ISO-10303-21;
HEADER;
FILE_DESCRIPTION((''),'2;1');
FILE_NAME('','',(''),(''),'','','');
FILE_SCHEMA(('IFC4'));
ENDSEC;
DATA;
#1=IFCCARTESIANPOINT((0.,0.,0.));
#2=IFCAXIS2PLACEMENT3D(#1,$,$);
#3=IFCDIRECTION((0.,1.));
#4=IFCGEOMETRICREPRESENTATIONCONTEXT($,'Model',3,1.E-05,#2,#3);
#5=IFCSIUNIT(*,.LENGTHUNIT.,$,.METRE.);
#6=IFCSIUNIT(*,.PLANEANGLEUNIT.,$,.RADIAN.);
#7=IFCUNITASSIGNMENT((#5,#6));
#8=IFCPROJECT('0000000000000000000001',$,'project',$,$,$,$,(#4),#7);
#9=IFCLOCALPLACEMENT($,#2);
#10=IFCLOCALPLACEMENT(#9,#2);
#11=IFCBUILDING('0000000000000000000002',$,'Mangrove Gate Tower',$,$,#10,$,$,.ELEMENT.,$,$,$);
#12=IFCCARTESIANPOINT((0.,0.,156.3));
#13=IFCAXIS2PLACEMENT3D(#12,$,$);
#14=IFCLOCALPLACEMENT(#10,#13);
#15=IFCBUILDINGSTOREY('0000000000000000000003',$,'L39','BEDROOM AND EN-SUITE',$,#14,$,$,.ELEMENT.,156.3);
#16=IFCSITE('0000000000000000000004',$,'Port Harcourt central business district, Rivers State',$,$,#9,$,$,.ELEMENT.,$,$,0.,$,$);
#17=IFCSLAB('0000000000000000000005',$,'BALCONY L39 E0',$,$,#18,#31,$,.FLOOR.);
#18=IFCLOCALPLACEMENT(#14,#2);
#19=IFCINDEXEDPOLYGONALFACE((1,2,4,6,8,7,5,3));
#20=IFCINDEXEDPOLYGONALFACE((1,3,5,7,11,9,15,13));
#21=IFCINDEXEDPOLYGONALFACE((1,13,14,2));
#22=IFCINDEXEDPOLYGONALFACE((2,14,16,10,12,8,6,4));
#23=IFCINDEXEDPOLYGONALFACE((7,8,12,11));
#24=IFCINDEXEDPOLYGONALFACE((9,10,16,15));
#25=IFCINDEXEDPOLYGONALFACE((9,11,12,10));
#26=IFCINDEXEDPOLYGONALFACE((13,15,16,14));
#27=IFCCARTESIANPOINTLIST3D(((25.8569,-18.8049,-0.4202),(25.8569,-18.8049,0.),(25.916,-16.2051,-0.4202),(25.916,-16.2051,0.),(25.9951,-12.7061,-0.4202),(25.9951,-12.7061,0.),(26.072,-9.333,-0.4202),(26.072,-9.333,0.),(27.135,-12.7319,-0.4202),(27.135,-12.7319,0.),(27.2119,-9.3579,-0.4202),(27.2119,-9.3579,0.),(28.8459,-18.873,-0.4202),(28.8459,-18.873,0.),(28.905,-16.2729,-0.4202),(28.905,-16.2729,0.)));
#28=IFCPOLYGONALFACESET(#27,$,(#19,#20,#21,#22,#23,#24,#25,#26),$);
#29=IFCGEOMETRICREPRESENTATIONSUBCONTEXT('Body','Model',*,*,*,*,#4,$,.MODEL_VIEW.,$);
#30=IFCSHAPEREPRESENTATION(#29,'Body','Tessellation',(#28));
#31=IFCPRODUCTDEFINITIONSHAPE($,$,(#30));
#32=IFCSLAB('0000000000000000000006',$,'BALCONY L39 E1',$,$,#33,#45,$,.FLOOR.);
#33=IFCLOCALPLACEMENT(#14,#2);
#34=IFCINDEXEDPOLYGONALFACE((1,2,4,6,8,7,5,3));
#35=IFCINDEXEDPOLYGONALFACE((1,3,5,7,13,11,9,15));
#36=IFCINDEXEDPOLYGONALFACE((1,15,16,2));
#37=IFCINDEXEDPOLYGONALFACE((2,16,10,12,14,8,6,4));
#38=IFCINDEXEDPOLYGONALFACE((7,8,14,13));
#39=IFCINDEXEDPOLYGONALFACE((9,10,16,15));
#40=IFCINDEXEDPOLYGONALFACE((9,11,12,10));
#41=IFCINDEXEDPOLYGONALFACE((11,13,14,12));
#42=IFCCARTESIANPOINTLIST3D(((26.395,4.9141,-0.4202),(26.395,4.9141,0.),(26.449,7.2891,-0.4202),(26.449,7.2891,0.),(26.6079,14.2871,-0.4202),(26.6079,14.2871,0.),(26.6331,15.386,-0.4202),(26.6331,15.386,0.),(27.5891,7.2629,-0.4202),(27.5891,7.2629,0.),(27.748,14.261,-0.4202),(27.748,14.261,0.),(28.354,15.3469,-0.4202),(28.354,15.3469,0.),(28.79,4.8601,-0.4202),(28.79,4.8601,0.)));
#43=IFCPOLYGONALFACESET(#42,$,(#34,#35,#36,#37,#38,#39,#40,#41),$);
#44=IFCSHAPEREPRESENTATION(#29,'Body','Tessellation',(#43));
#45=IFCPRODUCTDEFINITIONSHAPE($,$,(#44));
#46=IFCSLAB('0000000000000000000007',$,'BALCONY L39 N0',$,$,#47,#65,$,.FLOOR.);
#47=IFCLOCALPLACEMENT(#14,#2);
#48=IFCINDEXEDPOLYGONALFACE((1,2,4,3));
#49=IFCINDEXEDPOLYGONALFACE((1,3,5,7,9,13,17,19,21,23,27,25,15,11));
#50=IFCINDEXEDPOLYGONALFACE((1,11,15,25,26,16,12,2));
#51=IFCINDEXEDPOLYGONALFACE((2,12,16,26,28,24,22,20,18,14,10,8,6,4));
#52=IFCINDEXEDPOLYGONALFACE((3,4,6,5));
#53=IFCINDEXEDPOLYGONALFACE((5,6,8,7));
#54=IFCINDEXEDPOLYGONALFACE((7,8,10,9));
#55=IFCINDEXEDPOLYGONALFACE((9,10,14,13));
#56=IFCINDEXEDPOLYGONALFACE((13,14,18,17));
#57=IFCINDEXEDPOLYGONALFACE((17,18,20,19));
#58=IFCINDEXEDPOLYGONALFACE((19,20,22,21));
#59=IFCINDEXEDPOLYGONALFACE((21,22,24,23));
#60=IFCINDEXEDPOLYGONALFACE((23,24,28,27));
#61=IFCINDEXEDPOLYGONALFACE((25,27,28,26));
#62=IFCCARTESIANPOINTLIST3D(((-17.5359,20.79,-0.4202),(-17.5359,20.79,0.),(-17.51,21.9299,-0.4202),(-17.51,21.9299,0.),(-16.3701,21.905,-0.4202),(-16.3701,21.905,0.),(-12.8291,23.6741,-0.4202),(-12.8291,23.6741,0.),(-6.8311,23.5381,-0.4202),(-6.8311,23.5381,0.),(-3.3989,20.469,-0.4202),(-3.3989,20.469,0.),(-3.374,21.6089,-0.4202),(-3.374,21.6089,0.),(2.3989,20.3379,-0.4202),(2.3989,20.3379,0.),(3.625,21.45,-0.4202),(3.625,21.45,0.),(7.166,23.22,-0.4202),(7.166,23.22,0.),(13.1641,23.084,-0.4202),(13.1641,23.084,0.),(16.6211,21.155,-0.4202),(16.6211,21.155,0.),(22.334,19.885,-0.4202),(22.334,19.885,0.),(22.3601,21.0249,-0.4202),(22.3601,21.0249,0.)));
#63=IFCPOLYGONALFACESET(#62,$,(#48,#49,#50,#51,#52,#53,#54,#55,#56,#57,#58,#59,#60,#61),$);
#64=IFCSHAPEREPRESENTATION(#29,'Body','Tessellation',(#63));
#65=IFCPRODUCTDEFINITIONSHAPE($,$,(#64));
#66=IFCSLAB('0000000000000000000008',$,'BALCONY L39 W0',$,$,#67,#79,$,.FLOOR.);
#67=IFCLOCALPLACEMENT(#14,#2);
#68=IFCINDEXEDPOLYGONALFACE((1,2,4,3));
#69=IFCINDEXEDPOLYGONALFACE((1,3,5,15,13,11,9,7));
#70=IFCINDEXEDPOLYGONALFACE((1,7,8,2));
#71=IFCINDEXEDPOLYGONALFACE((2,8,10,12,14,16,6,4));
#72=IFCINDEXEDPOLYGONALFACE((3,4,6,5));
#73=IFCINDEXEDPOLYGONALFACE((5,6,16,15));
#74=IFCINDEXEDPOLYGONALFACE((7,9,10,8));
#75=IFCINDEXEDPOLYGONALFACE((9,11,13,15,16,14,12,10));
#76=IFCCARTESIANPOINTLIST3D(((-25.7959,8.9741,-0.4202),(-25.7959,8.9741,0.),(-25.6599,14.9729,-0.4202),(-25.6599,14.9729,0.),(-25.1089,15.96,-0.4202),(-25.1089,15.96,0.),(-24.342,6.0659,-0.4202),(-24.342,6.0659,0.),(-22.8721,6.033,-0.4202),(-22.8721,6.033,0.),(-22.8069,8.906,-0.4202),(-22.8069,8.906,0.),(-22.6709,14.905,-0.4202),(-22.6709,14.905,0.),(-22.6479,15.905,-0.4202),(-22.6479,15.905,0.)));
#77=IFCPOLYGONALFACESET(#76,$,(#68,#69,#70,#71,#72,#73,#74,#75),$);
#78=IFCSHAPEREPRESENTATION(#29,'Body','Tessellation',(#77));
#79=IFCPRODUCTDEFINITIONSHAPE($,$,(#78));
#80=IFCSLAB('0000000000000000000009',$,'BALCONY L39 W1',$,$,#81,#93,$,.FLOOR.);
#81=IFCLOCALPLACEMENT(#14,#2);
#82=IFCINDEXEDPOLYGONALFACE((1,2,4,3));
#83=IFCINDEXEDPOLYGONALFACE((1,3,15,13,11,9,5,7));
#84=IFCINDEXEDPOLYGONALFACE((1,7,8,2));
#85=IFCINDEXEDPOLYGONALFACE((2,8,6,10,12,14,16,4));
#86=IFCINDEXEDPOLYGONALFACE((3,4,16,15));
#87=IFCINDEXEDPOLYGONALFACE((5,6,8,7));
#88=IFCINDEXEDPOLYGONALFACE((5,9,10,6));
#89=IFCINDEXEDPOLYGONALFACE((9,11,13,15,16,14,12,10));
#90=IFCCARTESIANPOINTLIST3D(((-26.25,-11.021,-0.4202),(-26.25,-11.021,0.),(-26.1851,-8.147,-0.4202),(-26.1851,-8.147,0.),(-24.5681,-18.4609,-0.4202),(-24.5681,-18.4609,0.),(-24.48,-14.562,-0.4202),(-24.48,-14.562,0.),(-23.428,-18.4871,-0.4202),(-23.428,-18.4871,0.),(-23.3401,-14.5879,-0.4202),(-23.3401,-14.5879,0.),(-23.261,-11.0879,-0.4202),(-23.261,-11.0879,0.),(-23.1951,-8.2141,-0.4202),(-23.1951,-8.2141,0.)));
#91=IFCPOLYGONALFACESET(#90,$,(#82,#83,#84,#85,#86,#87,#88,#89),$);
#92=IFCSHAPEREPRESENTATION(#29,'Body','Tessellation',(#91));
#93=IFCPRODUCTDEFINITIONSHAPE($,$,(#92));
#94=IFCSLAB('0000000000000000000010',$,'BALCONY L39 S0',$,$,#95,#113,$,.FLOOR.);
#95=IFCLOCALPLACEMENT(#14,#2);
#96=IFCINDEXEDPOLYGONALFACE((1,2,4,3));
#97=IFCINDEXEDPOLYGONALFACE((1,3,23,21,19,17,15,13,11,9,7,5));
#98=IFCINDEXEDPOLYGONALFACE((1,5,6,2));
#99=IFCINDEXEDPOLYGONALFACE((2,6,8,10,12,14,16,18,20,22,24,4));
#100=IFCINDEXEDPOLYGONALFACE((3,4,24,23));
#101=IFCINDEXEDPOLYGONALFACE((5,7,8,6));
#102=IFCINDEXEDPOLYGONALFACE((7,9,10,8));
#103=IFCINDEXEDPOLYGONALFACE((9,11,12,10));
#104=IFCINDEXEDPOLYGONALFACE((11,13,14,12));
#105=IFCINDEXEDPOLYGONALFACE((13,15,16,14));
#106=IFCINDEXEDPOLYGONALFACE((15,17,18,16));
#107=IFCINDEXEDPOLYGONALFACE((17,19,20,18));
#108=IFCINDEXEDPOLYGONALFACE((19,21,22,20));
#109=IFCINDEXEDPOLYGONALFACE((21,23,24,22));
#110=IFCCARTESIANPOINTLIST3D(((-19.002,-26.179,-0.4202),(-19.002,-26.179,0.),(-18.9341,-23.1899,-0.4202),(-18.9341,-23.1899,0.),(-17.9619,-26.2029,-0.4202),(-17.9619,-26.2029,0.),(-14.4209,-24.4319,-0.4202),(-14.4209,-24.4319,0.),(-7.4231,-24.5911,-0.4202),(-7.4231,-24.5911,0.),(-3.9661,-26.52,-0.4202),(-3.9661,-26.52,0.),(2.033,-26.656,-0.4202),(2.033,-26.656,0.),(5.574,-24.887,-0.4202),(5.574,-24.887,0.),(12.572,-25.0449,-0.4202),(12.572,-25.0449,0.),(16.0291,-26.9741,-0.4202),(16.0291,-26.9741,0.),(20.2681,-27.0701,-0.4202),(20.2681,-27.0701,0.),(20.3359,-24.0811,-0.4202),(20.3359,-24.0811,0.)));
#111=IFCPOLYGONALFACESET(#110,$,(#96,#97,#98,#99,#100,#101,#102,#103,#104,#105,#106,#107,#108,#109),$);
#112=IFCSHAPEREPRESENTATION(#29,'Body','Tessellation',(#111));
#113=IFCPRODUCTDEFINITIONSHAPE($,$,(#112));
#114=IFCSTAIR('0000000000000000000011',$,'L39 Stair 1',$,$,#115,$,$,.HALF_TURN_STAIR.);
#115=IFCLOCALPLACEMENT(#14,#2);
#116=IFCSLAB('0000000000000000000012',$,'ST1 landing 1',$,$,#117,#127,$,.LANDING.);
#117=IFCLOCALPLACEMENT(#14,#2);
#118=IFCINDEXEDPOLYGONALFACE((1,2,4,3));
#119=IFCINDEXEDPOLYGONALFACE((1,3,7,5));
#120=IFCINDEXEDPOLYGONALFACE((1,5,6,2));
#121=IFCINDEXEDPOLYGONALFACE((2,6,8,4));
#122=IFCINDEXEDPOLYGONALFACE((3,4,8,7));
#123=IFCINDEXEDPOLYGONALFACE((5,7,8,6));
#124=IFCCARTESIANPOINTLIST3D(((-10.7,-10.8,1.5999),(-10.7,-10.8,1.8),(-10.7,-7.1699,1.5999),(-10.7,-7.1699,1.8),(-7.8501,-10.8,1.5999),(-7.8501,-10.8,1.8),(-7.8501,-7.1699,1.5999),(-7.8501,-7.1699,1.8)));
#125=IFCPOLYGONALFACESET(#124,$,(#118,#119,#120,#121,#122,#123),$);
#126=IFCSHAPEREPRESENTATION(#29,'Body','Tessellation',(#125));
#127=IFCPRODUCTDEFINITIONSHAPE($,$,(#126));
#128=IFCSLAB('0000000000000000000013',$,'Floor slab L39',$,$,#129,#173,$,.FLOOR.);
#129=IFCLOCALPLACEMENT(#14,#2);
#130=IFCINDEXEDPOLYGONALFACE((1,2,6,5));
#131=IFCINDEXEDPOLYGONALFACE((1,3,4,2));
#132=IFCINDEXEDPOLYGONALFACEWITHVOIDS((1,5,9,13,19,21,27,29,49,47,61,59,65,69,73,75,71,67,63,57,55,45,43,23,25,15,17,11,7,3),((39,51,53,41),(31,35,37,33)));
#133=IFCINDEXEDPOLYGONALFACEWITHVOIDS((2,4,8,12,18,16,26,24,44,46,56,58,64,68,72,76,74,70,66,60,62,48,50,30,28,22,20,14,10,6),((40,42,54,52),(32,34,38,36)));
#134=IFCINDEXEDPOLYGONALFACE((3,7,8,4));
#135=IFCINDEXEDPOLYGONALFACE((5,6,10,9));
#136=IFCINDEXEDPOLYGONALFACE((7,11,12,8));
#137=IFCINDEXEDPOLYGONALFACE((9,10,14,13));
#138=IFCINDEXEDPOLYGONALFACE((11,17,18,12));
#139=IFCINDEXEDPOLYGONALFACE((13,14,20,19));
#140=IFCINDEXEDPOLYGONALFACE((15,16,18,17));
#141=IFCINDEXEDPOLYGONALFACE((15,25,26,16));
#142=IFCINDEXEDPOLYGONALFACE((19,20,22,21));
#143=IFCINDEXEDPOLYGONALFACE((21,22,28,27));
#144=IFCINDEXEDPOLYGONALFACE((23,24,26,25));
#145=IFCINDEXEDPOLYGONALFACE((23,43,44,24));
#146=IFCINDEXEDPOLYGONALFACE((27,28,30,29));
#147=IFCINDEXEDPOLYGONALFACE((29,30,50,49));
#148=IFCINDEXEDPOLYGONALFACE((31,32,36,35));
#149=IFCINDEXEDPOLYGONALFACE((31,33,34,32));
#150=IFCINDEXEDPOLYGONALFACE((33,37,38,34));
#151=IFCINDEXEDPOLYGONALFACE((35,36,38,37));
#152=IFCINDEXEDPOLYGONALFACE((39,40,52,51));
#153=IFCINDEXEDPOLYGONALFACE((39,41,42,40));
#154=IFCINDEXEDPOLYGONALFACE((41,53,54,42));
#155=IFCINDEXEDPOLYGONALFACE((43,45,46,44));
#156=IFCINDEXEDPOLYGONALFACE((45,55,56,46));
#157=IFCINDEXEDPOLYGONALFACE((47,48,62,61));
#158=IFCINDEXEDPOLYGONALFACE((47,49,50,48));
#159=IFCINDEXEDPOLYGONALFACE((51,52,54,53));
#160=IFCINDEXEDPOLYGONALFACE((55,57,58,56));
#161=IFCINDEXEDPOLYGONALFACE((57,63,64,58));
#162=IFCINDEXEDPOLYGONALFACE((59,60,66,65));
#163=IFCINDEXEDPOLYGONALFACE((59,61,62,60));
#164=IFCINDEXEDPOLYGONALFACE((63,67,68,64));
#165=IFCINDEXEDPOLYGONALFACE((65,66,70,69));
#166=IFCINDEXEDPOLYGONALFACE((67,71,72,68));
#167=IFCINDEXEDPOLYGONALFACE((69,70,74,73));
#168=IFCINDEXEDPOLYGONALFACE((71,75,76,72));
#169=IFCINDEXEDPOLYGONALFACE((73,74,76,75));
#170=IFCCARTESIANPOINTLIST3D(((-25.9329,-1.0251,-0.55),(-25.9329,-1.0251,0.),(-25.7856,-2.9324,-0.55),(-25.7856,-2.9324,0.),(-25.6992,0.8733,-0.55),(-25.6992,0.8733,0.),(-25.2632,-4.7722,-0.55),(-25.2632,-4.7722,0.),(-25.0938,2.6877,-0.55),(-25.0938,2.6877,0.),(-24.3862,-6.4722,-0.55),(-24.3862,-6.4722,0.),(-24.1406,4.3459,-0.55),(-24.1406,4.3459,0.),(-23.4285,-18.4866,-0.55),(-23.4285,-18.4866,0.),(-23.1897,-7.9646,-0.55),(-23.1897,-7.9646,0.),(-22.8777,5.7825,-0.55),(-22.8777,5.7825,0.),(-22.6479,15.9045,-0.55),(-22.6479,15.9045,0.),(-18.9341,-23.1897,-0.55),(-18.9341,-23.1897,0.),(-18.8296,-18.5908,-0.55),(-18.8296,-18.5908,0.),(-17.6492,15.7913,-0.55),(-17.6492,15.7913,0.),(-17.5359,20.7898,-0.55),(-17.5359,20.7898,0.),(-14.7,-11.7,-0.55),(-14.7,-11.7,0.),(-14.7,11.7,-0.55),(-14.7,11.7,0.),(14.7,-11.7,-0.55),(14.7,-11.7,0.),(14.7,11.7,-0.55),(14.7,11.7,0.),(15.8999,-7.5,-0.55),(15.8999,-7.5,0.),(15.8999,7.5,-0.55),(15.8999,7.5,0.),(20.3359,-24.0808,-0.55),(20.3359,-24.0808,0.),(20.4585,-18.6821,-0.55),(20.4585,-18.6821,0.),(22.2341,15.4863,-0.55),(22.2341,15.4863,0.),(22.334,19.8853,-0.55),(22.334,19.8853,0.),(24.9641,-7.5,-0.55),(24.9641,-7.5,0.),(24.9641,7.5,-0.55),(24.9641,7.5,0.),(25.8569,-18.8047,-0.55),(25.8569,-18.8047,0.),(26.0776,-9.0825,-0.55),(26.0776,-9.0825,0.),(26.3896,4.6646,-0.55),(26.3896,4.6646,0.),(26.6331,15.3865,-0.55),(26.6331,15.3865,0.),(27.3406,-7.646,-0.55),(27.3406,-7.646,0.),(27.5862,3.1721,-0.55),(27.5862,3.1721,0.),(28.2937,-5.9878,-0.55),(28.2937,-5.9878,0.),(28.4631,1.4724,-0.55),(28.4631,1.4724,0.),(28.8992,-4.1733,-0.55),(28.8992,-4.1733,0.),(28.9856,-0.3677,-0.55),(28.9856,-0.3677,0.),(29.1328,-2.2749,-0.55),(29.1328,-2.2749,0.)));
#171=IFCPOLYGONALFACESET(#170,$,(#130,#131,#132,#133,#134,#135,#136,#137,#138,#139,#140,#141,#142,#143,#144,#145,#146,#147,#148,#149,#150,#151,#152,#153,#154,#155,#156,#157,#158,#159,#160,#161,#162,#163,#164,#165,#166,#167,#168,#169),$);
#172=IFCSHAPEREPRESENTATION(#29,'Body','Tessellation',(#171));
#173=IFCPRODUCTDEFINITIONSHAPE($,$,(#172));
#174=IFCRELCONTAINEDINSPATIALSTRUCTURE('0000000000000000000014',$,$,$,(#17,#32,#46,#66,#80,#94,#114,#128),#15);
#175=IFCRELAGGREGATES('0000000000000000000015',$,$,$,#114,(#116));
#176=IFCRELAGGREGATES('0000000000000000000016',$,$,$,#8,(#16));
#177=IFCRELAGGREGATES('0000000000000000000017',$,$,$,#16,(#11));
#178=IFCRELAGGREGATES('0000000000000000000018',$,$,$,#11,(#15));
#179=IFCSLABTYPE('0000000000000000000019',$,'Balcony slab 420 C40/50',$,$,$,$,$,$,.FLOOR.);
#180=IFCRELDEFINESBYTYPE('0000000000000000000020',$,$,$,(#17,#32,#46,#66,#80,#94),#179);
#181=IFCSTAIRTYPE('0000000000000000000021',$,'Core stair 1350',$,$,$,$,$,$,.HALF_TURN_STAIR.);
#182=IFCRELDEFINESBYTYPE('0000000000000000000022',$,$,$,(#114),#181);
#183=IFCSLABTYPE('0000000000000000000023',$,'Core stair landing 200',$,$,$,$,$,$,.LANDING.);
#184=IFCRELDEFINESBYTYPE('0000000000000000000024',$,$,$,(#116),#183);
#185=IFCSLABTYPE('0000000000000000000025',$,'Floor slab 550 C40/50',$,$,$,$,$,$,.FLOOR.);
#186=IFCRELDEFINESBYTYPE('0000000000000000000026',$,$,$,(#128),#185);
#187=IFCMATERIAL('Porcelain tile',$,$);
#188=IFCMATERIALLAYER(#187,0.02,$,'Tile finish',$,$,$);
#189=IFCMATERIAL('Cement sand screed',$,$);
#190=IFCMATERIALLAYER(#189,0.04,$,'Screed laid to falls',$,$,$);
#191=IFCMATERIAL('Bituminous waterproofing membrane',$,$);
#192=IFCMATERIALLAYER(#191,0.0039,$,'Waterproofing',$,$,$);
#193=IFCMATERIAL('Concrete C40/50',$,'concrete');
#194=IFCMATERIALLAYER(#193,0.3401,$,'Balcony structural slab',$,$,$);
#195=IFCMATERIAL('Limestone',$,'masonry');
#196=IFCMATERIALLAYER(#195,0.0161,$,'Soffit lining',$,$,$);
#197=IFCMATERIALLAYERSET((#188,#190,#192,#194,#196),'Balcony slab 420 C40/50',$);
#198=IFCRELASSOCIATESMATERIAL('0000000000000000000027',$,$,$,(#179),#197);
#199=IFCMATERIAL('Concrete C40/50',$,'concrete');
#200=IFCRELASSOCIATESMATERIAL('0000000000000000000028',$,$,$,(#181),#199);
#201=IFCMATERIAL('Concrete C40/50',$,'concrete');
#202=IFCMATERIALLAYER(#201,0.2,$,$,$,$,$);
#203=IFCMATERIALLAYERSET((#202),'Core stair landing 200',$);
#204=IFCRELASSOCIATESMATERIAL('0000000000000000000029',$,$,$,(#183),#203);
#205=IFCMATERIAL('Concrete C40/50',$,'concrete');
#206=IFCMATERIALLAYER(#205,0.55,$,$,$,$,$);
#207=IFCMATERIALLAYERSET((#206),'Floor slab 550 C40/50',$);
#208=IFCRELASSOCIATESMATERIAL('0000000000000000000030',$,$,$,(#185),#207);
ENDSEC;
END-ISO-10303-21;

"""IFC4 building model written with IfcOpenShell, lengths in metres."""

from ifc_helpers import new_model, si_unit, direction, frame, origin, place, context, subcontext, project, spatial, polyline, outline, extrude, material, layer, layer_set, type_object, element, aggregate, save


model = new_model("IFC4")

# Units and contexts
model_context = context("Model", 3, precision=1e-05, world=origin(), true_north=direction((0.0, 1.0)))
body_context = subcontext(model_context, "Body", "Model", "MODEL_VIEW")
ifc_project = project(units=[si_unit("LENGTHUNIT", "METRE"), si_unit("PLANEANGLEUNIT", "RADIAN")], contexts=[model_context])

# Site, building, storey
site_placement = place(None, origin())
site = spatial("IfcSite", under=ifc_project, at=site_placement, Name="Port Harcourt central business district, Rivers State", CompositionType="ELEMENT", RefElevation=0.0)
building_placement = place(site_placement, origin())
building = spatial("IfcBuilding", under=site, at=building_placement, Name="Mangrove Gate Tower", CompositionType="ELEMENT")
storey_placement = place(building_placement, frame((0.0, 0.0, 156.3)))
storey = spatial("IfcBuildingStorey", under=building, at=storey_placement, Name="L39", Description="BEDROOM AND EN-SUITE", CompositionType="ELEMENT", Elevation=156.3)

# Slabs
ifc_material_1 = material(Name="Porcelain tile")
ifc_layer_1 = layer(ifc_material_1, 0.02, Name="Tile finish")
ifc_material_2 = material(Name="Cement sand screed")
ifc_layer_2 = layer(ifc_material_2, 0.04, Name="Screed laid to falls")
ifc_material_3 = material(Name="Bituminous waterproofing membrane")
ifc_layer_3 = layer(ifc_material_3, 0.0039, Name="Waterproofing")
ifc_material_4 = material(Name="Concrete C40/50", Category="concrete")
ifc_layer_4 = layer(ifc_material_4, 0.3401, Name="Balcony structural slab")
ifc_material_5 = material(Name="Limestone", Category="masonry")
ifc_layer_5 = layer(ifc_material_5, 0.0161, Name="Soffit lining")
ifc_layer_set_1 = layer_set([ifc_layer_1, ifc_layer_2, ifc_layer_3, ifc_layer_4, ifc_layer_5], Name="Balcony slab 420 C40/50")
slab_type_1 = type_object("IfcSlabType", Name="Balcony slab 420 C40/50", PredefinedType="FLOOR", material=ifc_layer_set_1)
slab_1_placement = place(storey_placement, frame((0.0, 0.0, -0.4202)))
element("IfcSlab", 1, at=slab_1_placement, inside=storey, type_object=slab_type_1, Name="BALCONY L39 E0", PredefinedType="FLOOR", context=body_context, shape_type="SweptSolid", body=[
    extrude(outline(polyline([(28.8459, -18.873), (28.905, -16.2729), (27.135, -12.7319), (27.2119, -9.3579), (26.072, -9.333), (25.9951, -12.7061), (25.916, -16.2051), (25.8569, -18.8049), (28.8459, -18.873)])), origin(), (0.0, 0.0, 1.0), 0.4202),
])
slab_2_placement = place(storey_placement, frame((0.0, 0.0, -0.4202)))
element("IfcSlab", 2, at=slab_2_placement, inside=storey, type_object=slab_type_1, Name="BALCONY L39 E1", PredefinedType="FLOOR", context=body_context, shape_type="SweptSolid", body=[
    extrude(outline(polyline([(28.79, 4.8601), (27.5891, 7.2629), (27.748, 14.261), (28.354, 15.3469), (26.6331, 15.386), (26.6079, 14.2871), (26.449, 7.2891), (26.395, 4.9141), (28.79, 4.8601)])), origin(), (0.0, 0.0, 1.0), 0.4202),
])
slab_3_placement = place(storey_placement, frame((0.0, 0.0, -0.4202)))
element("IfcSlab", 3, at=slab_3_placement, inside=storey, type_object=slab_type_1, Name="BALCONY L39 N0", PredefinedType="FLOOR", context=body_context, shape_type="SweptSolid", body=[
    extrude(outline(polyline([(22.3601, 21.0249), (16.6211, 21.155), (13.1641, 23.084), (7.166, 23.22), (3.625, 21.45), (-3.374, 21.6089), (-6.8311, 23.5381), (-12.8291, 23.6741), (-16.3701, 21.905), (-17.51, 21.9299), (-17.5359, 20.79), (-3.3989, 20.469), (2.3989, 20.3379), (22.334, 19.885), (22.3601, 21.0249)])), origin(), (0.0, 0.0, 1.0), 0.4202),
])
slab_4_placement = place(storey_placement, frame((0.0, 0.0, -0.4202)))
element("IfcSlab", 4, at=slab_4_placement, inside=storey, type_object=slab_type_1, Name="BALCONY L39 W0", PredefinedType="FLOOR", context=body_context, shape_type="SweptSolid", body=[
    extrude(outline(polyline([(-25.1089, 15.96), (-25.6599, 14.9729), (-25.7959, 8.9741), (-24.342, 6.0659), (-22.8721, 6.033), (-22.8069, 8.906), (-22.6709, 14.905), (-22.6479, 15.905), (-25.1089, 15.96)])), origin(), (0.0, 0.0, 1.0), 0.4202),
])
slab_5_placement = place(storey_placement, frame((0.0, 0.0, -0.4202)))
element("IfcSlab", 5, at=slab_5_placement, inside=storey, type_object=slab_type_1, Name="BALCONY L39 W1", PredefinedType="FLOOR", context=body_context, shape_type="SweptSolid", body=[
    extrude(outline(polyline([(-26.1851, -8.147), (-26.25, -11.021), (-24.48, -14.562), (-24.5681, -18.4609), (-23.428, -18.4871), (-23.3401, -14.5879), (-23.261, -11.0879), (-23.1951, -8.2141), (-26.1851, -8.147)])), origin(), (0.0, 0.0, 1.0), 0.4202),
])
slab_6_placement = place(storey_placement, frame((0.0, 0.0, -0.4202)))
element("IfcSlab", 6, at=slab_6_placement, inside=storey, type_object=slab_type_1, Name="BALCONY L39 S0", PredefinedType="FLOOR", context=body_context, shape_type="SweptSolid", body=[
    extrude(outline(polyline([(-19.002, -26.179), (-17.9619, -26.2029), (-14.4209, -24.4319), (-7.4231, -24.5911), (-3.9661, -26.52), (2.033, -26.656), (5.574, -24.887), (12.572, -25.0449), (16.0291, -26.9741), (20.2681, -27.0701), (20.3359, -24.0811), (-18.9341, -23.1899), (-19.002, -26.179)])), origin(), (0.0, 0.0, 1.0), 0.4202),
])

# Stair, slab
ifc_material_6 = material(Name="Concrete C40/50", Category="concrete")
stair_type = type_object("IfcStairType", Name="Core stair 1350", PredefinedType="HALF_TURN_STAIR", material=ifc_material_6)
stair_placement = place(storey_placement, origin())
stair = element("IfcStair", 7, at=stair_placement, inside=storey, type_object=stair_type, Name="L39 Stair 1", PredefinedType="HALF_TURN_STAIR")
ifc_material_7 = material(Name="Concrete C40/50", Category="concrete")
ifc_layer_6 = layer(ifc_material_7, 0.2)
ifc_layer_set_2 = layer_set([ifc_layer_6], Name="Core stair landing 200")
slab_type_2 = type_object("IfcSlabType", Name="Core stair landing 200", PredefinedType="LANDING", material=ifc_layer_set_2)
slab_7_placement = place(storey_placement, frame((0.0, 0.0, 1.5999)))
slab_7 = element("IfcSlab", 8, at=slab_7_placement, type_object=slab_type_2, Name="ST1 landing 1", PredefinedType="LANDING", context=body_context, shape_type="SweptSolid", body=[
    extrude(outline(polyline([(-10.7, -7.1699), (-10.7, -10.8), (-7.8501, -10.8), (-7.8501, -7.1699), (-10.7, -7.1699)])), origin(), (0.0, 0.0, 1.0), 0.2002),
])
aggregate(stair, [slab_7])

# Slab
ifc_material_8 = material(Name="Concrete C40/50", Category="concrete")
ifc_layer_7 = layer(ifc_material_8, 0.55)
ifc_layer_set_3 = layer_set([ifc_layer_7], Name="Floor slab 550 C40/50")
slab_type_3 = type_object("IfcSlabType", Name="Floor slab 550 C40/50", PredefinedType="FLOOR", material=ifc_layer_set_3)
slab_8_placement = place(storey_placement, frame((0.0, 0.0, -0.55)))
element("IfcSlab", 9, at=slab_8_placement, inside=storey, type_object=slab_type_3, Name="Floor slab L39", PredefinedType="FLOOR", context=body_context, shape_type="SweptSolid", body=[
    extrude(outline(polyline([(-18.9341, -23.1897), (20.3359, -24.0808), (20.4585, -18.6821), (25.8569, -18.8047), (26.0776, -9.0825), (27.3406, -7.646), (28.2937, -5.9878), (28.8992, -4.1733), (29.1328, -2.2749), (28.9856, -0.3677), (28.4631, 1.4724), (27.5862, 3.1721), (26.3896, 4.6646), (26.6331, 15.3865), (22.2341, 15.4863), (22.334, 19.8853), (-17.5359, 20.7898), (-17.6492, 15.7913), (-22.6479, 15.9045), (-22.8777, 5.7825), (-24.1406, 4.3459), (-25.0938, 2.6877), (-25.6992, 0.8733), (-25.9329, -1.0251), (-25.7856, -2.9324), (-25.2632, -4.7722), (-24.3862, -6.4722), (-23.1897, -7.9646), (-23.4285, -18.4866), (-18.8296, -18.5908), (-18.9341, -23.1897)]), holes=[polyline([(15.8999, 7.5), (24.9641, 7.5), (24.9641, -7.5), (15.8999, -7.5), (15.8999, 7.5)]), polyline([(-14.7, -11.7), (-14.7, 11.7), (14.7, 11.7), (14.7, -11.7), (-14.7, -11.7)])]), origin(), (0.0, 0.0, 1.0), 0.55),
])

save(model, "model.ifc")
